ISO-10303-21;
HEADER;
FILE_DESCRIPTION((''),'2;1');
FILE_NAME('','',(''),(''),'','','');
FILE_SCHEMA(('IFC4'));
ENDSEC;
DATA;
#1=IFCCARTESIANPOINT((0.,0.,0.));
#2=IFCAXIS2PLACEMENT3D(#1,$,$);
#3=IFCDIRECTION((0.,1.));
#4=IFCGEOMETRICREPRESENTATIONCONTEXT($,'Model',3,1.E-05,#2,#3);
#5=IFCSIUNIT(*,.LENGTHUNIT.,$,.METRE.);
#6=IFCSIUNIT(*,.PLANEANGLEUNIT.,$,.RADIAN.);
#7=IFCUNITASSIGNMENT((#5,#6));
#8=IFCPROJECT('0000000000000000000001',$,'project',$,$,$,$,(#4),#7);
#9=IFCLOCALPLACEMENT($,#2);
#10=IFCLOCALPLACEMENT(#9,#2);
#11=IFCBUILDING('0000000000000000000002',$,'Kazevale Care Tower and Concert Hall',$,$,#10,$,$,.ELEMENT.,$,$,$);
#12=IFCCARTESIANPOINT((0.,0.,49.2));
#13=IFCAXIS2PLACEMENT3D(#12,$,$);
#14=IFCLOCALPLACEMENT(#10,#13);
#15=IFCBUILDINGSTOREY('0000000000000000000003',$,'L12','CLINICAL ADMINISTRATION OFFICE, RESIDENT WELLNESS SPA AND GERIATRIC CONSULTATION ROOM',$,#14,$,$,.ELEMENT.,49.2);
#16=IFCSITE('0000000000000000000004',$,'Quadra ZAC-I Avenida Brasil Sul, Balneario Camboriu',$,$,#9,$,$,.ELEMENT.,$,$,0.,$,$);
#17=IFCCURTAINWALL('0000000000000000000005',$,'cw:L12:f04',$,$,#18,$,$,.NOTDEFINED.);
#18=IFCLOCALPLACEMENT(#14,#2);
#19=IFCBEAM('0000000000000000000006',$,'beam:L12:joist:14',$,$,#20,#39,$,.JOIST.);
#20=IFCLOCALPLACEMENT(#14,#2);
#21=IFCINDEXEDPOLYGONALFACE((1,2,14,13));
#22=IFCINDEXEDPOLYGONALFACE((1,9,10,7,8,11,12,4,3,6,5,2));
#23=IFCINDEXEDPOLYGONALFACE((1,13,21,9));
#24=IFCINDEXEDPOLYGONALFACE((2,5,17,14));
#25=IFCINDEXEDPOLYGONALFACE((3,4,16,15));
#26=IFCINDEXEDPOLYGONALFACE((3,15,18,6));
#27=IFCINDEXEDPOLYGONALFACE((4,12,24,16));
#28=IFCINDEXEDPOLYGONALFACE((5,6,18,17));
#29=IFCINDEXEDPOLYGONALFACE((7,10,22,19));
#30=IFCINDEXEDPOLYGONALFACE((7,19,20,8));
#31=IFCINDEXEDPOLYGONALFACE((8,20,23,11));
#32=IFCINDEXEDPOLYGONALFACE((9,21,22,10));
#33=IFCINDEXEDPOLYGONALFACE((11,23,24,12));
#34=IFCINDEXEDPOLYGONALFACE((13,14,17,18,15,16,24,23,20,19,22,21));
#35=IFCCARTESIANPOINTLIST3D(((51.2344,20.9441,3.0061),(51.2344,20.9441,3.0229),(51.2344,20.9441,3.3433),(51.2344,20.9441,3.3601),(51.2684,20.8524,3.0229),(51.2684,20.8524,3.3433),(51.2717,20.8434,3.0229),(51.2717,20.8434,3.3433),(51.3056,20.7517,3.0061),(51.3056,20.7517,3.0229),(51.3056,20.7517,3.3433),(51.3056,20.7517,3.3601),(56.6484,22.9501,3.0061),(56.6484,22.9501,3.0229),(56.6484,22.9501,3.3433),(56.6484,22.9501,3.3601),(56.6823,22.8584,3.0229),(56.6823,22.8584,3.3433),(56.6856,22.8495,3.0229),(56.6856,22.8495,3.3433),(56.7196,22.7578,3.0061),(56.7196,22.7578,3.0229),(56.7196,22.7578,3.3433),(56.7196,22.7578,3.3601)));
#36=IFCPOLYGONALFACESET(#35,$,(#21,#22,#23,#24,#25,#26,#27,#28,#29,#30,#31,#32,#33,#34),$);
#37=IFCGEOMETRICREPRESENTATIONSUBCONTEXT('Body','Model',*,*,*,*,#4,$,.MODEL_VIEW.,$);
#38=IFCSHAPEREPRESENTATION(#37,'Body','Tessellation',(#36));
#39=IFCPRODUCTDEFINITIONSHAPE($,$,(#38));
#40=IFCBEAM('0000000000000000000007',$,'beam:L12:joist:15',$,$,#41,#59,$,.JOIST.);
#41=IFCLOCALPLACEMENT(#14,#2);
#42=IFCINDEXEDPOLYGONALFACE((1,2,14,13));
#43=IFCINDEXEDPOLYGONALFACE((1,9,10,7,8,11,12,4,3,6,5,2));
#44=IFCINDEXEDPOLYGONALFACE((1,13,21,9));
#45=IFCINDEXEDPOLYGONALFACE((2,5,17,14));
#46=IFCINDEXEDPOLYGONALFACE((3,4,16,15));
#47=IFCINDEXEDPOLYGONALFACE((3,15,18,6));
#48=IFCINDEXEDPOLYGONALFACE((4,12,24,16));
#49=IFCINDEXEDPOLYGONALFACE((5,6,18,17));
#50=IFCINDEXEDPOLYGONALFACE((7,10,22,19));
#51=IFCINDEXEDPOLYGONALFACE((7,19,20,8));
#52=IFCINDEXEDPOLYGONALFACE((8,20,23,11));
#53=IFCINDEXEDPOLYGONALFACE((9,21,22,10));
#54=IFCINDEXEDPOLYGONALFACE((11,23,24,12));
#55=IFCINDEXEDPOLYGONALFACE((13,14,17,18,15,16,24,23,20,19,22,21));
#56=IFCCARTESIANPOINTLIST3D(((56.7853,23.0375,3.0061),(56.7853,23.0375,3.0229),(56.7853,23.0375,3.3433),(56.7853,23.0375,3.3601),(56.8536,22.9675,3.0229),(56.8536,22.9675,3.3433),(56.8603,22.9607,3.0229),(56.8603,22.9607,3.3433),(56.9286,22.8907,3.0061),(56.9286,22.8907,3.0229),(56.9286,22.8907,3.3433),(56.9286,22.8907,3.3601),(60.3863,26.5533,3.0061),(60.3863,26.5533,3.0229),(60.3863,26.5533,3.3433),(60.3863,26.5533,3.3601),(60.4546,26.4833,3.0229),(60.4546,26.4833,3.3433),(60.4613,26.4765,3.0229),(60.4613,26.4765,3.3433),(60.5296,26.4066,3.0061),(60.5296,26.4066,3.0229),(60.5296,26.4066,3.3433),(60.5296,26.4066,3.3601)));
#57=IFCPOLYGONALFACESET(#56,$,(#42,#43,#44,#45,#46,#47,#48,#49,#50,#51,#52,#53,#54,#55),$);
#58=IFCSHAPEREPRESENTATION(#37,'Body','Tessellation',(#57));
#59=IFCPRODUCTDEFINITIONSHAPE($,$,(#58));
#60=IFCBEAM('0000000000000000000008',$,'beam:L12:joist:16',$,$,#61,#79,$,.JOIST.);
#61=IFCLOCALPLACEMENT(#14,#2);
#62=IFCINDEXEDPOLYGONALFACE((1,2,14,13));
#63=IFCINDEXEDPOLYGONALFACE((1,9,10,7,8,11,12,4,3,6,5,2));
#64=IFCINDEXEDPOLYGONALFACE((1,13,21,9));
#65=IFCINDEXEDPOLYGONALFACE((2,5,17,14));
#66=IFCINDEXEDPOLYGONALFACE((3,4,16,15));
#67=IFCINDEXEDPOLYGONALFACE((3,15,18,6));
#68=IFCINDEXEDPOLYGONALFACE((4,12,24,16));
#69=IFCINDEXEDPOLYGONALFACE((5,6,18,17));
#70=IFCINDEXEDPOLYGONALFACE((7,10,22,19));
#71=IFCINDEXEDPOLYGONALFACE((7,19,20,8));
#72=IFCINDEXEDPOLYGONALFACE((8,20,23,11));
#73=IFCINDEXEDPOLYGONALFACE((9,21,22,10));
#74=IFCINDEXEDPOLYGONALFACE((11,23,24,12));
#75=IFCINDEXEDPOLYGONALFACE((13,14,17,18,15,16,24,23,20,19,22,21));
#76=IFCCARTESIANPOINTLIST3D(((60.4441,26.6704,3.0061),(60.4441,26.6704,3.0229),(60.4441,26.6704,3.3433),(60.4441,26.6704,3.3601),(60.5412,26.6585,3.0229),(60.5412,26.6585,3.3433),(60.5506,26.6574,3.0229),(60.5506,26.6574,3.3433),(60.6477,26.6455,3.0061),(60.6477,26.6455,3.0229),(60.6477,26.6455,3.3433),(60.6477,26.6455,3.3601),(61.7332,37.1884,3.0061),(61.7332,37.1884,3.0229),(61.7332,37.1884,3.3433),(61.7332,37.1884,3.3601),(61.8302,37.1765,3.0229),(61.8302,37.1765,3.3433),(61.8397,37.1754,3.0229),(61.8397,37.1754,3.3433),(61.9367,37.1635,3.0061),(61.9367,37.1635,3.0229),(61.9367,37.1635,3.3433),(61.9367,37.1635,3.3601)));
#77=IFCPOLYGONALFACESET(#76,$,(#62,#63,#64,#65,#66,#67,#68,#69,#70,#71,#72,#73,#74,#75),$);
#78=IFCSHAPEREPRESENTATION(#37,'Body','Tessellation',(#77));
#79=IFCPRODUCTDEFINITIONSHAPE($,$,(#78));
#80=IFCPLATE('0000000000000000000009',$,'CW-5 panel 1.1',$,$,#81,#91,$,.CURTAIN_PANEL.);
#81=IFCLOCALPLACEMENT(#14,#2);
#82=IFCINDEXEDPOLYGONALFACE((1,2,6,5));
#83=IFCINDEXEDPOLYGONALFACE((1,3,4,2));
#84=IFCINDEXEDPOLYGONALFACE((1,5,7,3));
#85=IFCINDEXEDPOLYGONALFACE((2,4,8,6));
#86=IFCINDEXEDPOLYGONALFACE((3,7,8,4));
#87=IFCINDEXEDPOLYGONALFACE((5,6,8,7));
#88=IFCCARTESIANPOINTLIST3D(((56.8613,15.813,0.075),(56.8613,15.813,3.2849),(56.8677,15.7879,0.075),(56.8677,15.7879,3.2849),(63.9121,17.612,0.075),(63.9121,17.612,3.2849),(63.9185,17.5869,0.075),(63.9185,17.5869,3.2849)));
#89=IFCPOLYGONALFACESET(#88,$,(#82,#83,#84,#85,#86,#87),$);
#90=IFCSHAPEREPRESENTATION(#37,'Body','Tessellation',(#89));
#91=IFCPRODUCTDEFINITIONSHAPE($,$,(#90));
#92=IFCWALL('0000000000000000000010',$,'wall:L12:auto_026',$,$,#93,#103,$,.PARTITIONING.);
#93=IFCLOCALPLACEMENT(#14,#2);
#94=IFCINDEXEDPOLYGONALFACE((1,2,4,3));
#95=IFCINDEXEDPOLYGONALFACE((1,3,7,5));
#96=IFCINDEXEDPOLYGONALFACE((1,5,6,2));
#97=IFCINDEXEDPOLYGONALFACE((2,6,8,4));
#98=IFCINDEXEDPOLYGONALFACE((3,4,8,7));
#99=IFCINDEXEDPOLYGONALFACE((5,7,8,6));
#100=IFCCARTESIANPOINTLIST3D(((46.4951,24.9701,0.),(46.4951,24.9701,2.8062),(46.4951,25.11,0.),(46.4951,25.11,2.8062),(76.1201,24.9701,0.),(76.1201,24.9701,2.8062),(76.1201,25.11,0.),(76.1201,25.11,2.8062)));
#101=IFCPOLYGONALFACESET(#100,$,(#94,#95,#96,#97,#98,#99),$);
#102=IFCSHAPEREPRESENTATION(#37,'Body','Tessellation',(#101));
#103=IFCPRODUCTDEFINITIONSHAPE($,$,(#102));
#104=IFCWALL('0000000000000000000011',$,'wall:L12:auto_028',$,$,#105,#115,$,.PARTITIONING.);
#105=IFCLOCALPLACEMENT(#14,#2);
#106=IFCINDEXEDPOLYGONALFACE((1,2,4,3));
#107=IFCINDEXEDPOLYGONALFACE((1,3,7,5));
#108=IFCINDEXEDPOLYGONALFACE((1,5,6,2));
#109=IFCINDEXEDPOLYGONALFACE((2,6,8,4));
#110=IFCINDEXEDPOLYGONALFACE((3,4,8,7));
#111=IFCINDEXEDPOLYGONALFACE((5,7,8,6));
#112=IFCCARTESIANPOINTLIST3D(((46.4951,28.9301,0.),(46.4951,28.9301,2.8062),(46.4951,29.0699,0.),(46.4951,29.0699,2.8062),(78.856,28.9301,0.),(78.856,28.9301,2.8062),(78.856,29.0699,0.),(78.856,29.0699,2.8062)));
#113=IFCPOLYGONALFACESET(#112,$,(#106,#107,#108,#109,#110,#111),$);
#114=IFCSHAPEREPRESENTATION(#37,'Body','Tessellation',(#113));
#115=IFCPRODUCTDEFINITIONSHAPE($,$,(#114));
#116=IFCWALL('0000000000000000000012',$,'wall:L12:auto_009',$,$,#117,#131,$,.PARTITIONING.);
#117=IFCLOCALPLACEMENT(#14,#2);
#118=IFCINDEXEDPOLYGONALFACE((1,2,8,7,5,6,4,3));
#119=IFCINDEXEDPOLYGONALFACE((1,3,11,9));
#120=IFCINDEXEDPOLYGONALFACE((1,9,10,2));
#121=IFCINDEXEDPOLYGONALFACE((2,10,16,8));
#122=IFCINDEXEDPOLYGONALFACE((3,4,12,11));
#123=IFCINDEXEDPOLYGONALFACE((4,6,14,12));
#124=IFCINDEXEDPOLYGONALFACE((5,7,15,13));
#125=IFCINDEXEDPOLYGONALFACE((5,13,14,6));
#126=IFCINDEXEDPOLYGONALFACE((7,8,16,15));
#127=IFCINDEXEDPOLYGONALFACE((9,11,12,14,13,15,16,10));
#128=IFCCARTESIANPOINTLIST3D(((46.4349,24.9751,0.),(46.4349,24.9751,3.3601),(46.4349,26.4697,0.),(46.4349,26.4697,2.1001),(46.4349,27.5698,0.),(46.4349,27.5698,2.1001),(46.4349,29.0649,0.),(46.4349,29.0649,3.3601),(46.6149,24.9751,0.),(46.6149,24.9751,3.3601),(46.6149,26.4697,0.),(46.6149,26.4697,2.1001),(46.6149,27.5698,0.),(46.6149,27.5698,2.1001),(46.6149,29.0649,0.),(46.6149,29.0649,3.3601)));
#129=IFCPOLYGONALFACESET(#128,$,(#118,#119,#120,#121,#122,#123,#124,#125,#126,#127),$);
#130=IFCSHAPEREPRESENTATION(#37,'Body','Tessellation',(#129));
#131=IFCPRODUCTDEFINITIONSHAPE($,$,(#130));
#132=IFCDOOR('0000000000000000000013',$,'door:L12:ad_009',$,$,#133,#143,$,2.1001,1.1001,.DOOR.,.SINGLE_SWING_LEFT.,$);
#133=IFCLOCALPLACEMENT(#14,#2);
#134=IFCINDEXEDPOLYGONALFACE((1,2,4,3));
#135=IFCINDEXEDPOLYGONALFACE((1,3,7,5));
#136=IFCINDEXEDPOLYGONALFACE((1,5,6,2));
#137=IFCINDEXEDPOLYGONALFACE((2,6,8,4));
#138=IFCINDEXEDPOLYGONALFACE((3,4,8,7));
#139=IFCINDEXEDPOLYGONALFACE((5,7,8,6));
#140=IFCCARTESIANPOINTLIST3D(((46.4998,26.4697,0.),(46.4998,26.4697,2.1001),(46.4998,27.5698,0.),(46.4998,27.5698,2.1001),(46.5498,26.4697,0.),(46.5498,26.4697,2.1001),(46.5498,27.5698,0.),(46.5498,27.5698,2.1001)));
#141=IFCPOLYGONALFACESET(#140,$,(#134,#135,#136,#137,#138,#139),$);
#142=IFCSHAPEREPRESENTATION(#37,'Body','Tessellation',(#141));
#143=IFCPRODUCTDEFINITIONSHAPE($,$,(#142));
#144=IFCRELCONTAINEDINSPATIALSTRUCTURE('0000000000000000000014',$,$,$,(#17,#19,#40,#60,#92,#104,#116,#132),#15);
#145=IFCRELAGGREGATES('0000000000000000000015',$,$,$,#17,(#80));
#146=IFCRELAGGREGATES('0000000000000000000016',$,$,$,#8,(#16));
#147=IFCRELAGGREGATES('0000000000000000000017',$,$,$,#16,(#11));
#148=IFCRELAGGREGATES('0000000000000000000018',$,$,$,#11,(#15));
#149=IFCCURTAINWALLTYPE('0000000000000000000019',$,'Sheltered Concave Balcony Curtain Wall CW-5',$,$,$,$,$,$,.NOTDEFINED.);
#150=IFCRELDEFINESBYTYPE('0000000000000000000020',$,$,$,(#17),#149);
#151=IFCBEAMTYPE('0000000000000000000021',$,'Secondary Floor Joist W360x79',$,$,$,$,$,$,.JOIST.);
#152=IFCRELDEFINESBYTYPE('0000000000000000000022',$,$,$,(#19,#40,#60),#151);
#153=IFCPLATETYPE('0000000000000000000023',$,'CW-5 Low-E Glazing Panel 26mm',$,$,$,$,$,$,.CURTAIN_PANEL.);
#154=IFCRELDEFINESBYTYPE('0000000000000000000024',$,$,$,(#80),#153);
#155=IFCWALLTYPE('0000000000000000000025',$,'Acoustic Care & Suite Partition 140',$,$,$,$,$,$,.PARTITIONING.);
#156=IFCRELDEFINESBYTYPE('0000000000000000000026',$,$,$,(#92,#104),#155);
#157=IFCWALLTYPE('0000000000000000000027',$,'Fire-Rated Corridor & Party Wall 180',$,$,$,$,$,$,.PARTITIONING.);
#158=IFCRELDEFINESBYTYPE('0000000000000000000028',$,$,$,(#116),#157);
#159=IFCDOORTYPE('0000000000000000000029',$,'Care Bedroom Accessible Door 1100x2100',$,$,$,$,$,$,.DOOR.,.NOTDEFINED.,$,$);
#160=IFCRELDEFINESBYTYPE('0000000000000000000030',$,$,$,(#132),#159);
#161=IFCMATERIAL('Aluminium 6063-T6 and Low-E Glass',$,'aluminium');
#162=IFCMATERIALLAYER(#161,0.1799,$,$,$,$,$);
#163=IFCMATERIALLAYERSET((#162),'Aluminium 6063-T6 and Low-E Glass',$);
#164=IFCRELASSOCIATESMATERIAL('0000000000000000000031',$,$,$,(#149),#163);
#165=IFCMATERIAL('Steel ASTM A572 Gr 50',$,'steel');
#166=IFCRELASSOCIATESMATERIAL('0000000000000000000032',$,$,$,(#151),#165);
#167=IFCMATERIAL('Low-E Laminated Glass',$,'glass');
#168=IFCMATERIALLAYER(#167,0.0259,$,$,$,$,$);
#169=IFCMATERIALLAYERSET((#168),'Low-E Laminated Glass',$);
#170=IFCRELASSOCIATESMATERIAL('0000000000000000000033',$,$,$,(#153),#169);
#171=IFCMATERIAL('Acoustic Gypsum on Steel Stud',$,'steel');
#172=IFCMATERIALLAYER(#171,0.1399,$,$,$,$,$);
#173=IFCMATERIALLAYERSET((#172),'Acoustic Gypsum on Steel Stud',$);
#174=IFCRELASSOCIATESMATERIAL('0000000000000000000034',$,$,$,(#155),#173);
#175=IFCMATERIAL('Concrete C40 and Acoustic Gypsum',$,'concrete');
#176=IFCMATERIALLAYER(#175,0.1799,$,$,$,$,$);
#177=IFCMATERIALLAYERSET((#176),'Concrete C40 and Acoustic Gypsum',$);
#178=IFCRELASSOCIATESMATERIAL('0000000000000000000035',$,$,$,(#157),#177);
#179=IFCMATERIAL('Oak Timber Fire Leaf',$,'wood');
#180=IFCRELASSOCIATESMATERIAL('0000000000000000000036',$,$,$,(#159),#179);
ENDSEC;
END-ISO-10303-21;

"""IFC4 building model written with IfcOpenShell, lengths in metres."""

from ifc_helpers import new_model, si_unit, direction, frame, frame_2d, origin, origin_2d, place, context, subcontext, project, spatial, rectangle, i_section, extrude, material, layer, layer_set, material_profile, profile_set, type_object, element, fill, aggregate, save


model = new_model("IFC4")

# Units and contexts
model_context = context("Model", 3, precision=1e-05, world=origin(), true_north=direction((0.0, 1.0)))
body_context = subcontext(model_context, "Body", "Model", "MODEL_VIEW")
ifc_project = project(units=[si_unit("LENGTHUNIT", "METRE"), si_unit("PLANEANGLEUNIT", "RADIAN")], contexts=[model_context])

# Site, building, storey
site_placement = place(None, origin())
site = spatial("IfcSite", under=ifc_project, at=site_placement, Name="Quadra ZAC-I Avenida Brasil Sul, Balneario Camboriu", CompositionType="ELEMENT", RefElevation=0.0)
building_placement = place(site_placement, origin())
building = spatial("IfcBuilding", under=site, at=building_placement, Name="Kazevale Care Tower and Concert Hall", CompositionType="ELEMENT")
storey_placement = place(building_placement, frame((0.0, 0.0, 49.2)))
storey = spatial("IfcBuildingStorey", under=building, at=storey_placement, Name="L12", Description="CLINICAL ADMINISTRATION OFFICE, RESIDENT WELLNESS SPA AND GERIATRIC CONSULTATION ROOM", CompositionType="ELEMENT", Elevation=49.2)

# Curtain wall
ifc_material_1 = material(Name="Aluminium 6063-T6 and Low-E Glass", Category="aluminium")
ifc_layer_1 = layer(ifc_material_1, 0.1799)
ifc_layer_set_1 = layer_set([ifc_layer_1], Name="Aluminium 6063-T6 and Low-E Glass")
curtain_wall_type = type_object("IfcCurtainWallType", Name="Sheltered Concave Balcony Curtain Wall CW-5", PredefinedType="NOTDEFINED", material=ifc_layer_set_1)
curtain_wall_1_placement = place(storey_placement, origin())
curtain_wall_1 = element("IfcCurtainWall", 1, at=curtain_wall_1_placement, inside=storey, type_object=curtain_wall_type, Name="cw:L12:f04", PredefinedType="NOTDEFINED")

# Beams
ifc_material_2 = material(Name="Steel ASTM A572 Gr 50", Category="steel")
ifc_material_profile_1 = material_profile(ifc_material_2, i_section(OverallWidth=0.2051, OverallDepth=0.354, WebThickness=0.0095, FlangeThickness=0.0168, at=origin_2d()), Name="W360x79")
ifc_profile_set_1 = profile_set([ifc_material_profile_1], Name="Steel ASTM A572 Gr 50")
beam_type_1 = type_object("IfcBeamType", Name="Secondary Floor Joist W360x79", PredefinedType="JOIST", material=ifc_profile_set_1)
beam_1_placement = place(storey_placement, frame((51.27, 20.8479, 3.1831), z_axis=(0.937698, 0.347451, 0.0), x_axis=(-0.347451, 0.937698, 0.0)))
element("IfcBeam", 2, at=beam_1_placement, inside=storey, type_object=beam_type_1, Name="beam:L12:joist:14", PredefinedType="JOIST", context=body_context, shape_type="SweptSolid", body=[
    extrude(i_section(OverallWidth=0.2051, OverallDepth=0.354, WebThickness=0.0095, FlangeThickness=0.0168, at=origin_2d()), origin(), (0.0, 0.0, 1.0), 5.7737),
])
beam_2_placement = place(storey_placement, frame((56.8569, 22.9641, 3.1831), z_axis=(0.715521, 0.698591, 0.0), x_axis=(-0.698591, 0.715521, 0.0)))
element("IfcBeam", 3, at=beam_2_placement, inside=storey, type_object=beam_type_1, Name="beam:L12:joist:15", PredefinedType="JOIST", context=body_context, shape_type="SweptSolid", body=[
    extrude(i_section(OverallWidth=0.2051, OverallDepth=0.354, WebThickness=0.0095, FlangeThickness=0.0168, at=origin_2d()), origin(), (0.0, 0.0, 1.0), 5.0327),
])
beam_3_placement = place(storey_placement, frame((60.5459, 26.658, 3.1831), z_axis=(0.121647, 0.992573, 0.0), x_axis=(-0.992573, 0.121647, 0.0)))
element("IfcBeam", 4, at=beam_3_placement, inside=storey, type_object=beam_type_1, Name="beam:L12:joist:16", PredefinedType="JOIST", context=body_context, shape_type="SweptSolid", body=[
    extrude(i_section(OverallWidth=0.2051, OverallDepth=0.354, WebThickness=0.0095, FlangeThickness=0.0168, at=origin_2d()), origin(), (0.0, 0.0, 1.0), 10.5967),
])

# Plate
ifc_material_3 = material(Name="Low-E Laminated Glass", Category="glass")
ifc_layer_2 = layer(ifc_material_3, 0.0259)
ifc_layer_set_2 = layer_set([ifc_layer_2], Name="Low-E Laminated Glass")
plate_type = type_object("IfcPlateType", Name="CW-5 Low-E Glazing Panel 26mm", PredefinedType="CURTAIN_PANEL", material=ifc_layer_set_2)
plate_placement = place(storey_placement, frame((60.3899, 16.7, 0.075), z_axis=(0.0, 0.0, 1.0), x_axis=(-0.968959, -0.247222, 0.0)))
plate = element("IfcPlate", 5, at=plate_placement, type_object=plate_type, Name="CW-5 panel 1.1", PredefinedType="CURTAIN_PANEL", context=body_context, shape_type="SweptSolid", body=[
    extrude(rectangle(XDim=7.2766, YDim=0.0259, at=origin_2d()), origin(), (0.0, 0.0, 1.0), 3.21),
])
aggregate(curtain_wall_1, [plate])

# Walls
ifc_material_4 = material(Name="Acoustic Gypsum on Steel Stud", Category="steel")
ifc_layer_3 = layer(ifc_material_4, 0.1399)
ifc_layer_set_3 = layer_set([ifc_layer_3], Name="Acoustic Gypsum on Steel Stud")
wall_type_1 = type_object("IfcWallType", Name="Acoustic Care & Suite Partition 140", PredefinedType="PARTITIONING", material=ifc_layer_set_3)
wall_1_placement = place(storey_placement, frame((46.4951, 25.04, 0.0), z_axis=(0.0, 0.0, 1.0), x_axis=(1.0, 0.0, 0.0)))
element("IfcWall", 6, at=wall_1_placement, inside=storey, type_object=wall_type_1, Name="wall:L12:auto_026", PredefinedType="PARTITIONING", context=body_context, shape_type="SweptSolid", body=[
    extrude(rectangle(XDim=29.625, YDim=0.1399, at=frame_2d((14.8125, 0.0))), origin(), (0.0, 0.0, 1.0), 2.8062),
])
wall_2_placement = place(storey_placement, frame((46.4951, 29.0, 0.0), z_axis=(0.0, 0.0, 1.0), x_axis=(1.0, 0.0, 0.0)))
element("IfcWall", 7, at=wall_2_placement, inside=storey, type_object=wall_type_1, Name="wall:L12:auto_028", PredefinedType="PARTITIONING", context=body_context, shape_type="SweptSolid", body=[
    extrude(rectangle(XDim=32.3608, YDim=0.1399, at=frame_2d((16.1804, 0.0))), origin(), (0.0, 0.0, 1.0), 2.8062),
])

# Wall, opening, door
ifc_material_5 = material(Name="Concrete C40 and Acoustic Gypsum", Category="concrete")
ifc_layer_4 = layer(ifc_material_5, 0.1799)
ifc_layer_set_4 = layer_set([ifc_layer_4], Name="Concrete C40 and Acoustic Gypsum")
wall_type_2 = type_object("IfcWallType", Name="Fire-Rated Corridor & Party Wall 180", PredefinedType="PARTITIONING", material=ifc_layer_set_4)
ifc_material_6 = material(Name="Oak Timber Fire Leaf", Category="wood")
wall_3_placement = place(storey_placement, frame((46.5249, 29.0649, 0.0), z_axis=(0.0, 0.0, 1.0), x_axis=(0.0, -1.0, 0.0)))
wall_3 = element("IfcWall", 8, at=wall_3_placement, inside=storey, type_object=wall_type_2, Name="wall:L12:auto_009", PredefinedType="PARTITIONING", context=body_context, shape_type="SweptSolid", body=[
    extrude(rectangle(XDim=4.0898, YDim=0.1799, at=frame_2d((2.0449, 0.0))), origin(), (0.0, 0.0, 1.0), 3.3601),
])
opening_1_placement = place(wall_3_placement, frame((1.4951, 0.0, 0.0)))
opening_1 = element("IfcOpeningElement", 9, at=opening_1_placement, cuts=wall_3, PredefinedType="OPENING", context=body_context, shape_type="SweptSolid", body=[
    extrude(rectangle(XDim=1.1001, YDim=2.1001, at=frame_2d((0.55, 1.05))), frame((0.0, 0.0999, 0.0), z_axis=(0.0, -1.0, 0.0), x_axis=(1.0, 0.0, 0.0)), (0.0, 0.0, 1.0), 0.2),
])
door_type_1 = type_object("IfcDoorType", Name="Care Bedroom Accessible Door 1100x2100", OperationType="NOTDEFINED", PredefinedType="DOOR", material=ifc_material_6)
door_1_placement = place(opening_1_placement, origin())
door_1 = element("IfcDoor", 10, at=door_1_placement, inside=storey, type_object=door_type_1, Name="door:L12:ad_009", OperationType="SINGLE_SWING_LEFT", OverallHeight=2.1001, OverallWidth=1.1001, PredefinedType="DOOR", context=body_context, shape_type="SweptSolid", body=[
    extrude(rectangle(XDim=1.1001, YDim=2.1001, at=frame_2d((0.55, 1.05))), frame((0.0, 0.0249, 0.0), z_axis=(0.0, -1.0, 0.0), x_axis=(1.0, 0.0, 0.0)), (0.0, 0.0, 1.0), 0.05),
])
fill(opening_1, door_1)

save(model, "model.ifc")
